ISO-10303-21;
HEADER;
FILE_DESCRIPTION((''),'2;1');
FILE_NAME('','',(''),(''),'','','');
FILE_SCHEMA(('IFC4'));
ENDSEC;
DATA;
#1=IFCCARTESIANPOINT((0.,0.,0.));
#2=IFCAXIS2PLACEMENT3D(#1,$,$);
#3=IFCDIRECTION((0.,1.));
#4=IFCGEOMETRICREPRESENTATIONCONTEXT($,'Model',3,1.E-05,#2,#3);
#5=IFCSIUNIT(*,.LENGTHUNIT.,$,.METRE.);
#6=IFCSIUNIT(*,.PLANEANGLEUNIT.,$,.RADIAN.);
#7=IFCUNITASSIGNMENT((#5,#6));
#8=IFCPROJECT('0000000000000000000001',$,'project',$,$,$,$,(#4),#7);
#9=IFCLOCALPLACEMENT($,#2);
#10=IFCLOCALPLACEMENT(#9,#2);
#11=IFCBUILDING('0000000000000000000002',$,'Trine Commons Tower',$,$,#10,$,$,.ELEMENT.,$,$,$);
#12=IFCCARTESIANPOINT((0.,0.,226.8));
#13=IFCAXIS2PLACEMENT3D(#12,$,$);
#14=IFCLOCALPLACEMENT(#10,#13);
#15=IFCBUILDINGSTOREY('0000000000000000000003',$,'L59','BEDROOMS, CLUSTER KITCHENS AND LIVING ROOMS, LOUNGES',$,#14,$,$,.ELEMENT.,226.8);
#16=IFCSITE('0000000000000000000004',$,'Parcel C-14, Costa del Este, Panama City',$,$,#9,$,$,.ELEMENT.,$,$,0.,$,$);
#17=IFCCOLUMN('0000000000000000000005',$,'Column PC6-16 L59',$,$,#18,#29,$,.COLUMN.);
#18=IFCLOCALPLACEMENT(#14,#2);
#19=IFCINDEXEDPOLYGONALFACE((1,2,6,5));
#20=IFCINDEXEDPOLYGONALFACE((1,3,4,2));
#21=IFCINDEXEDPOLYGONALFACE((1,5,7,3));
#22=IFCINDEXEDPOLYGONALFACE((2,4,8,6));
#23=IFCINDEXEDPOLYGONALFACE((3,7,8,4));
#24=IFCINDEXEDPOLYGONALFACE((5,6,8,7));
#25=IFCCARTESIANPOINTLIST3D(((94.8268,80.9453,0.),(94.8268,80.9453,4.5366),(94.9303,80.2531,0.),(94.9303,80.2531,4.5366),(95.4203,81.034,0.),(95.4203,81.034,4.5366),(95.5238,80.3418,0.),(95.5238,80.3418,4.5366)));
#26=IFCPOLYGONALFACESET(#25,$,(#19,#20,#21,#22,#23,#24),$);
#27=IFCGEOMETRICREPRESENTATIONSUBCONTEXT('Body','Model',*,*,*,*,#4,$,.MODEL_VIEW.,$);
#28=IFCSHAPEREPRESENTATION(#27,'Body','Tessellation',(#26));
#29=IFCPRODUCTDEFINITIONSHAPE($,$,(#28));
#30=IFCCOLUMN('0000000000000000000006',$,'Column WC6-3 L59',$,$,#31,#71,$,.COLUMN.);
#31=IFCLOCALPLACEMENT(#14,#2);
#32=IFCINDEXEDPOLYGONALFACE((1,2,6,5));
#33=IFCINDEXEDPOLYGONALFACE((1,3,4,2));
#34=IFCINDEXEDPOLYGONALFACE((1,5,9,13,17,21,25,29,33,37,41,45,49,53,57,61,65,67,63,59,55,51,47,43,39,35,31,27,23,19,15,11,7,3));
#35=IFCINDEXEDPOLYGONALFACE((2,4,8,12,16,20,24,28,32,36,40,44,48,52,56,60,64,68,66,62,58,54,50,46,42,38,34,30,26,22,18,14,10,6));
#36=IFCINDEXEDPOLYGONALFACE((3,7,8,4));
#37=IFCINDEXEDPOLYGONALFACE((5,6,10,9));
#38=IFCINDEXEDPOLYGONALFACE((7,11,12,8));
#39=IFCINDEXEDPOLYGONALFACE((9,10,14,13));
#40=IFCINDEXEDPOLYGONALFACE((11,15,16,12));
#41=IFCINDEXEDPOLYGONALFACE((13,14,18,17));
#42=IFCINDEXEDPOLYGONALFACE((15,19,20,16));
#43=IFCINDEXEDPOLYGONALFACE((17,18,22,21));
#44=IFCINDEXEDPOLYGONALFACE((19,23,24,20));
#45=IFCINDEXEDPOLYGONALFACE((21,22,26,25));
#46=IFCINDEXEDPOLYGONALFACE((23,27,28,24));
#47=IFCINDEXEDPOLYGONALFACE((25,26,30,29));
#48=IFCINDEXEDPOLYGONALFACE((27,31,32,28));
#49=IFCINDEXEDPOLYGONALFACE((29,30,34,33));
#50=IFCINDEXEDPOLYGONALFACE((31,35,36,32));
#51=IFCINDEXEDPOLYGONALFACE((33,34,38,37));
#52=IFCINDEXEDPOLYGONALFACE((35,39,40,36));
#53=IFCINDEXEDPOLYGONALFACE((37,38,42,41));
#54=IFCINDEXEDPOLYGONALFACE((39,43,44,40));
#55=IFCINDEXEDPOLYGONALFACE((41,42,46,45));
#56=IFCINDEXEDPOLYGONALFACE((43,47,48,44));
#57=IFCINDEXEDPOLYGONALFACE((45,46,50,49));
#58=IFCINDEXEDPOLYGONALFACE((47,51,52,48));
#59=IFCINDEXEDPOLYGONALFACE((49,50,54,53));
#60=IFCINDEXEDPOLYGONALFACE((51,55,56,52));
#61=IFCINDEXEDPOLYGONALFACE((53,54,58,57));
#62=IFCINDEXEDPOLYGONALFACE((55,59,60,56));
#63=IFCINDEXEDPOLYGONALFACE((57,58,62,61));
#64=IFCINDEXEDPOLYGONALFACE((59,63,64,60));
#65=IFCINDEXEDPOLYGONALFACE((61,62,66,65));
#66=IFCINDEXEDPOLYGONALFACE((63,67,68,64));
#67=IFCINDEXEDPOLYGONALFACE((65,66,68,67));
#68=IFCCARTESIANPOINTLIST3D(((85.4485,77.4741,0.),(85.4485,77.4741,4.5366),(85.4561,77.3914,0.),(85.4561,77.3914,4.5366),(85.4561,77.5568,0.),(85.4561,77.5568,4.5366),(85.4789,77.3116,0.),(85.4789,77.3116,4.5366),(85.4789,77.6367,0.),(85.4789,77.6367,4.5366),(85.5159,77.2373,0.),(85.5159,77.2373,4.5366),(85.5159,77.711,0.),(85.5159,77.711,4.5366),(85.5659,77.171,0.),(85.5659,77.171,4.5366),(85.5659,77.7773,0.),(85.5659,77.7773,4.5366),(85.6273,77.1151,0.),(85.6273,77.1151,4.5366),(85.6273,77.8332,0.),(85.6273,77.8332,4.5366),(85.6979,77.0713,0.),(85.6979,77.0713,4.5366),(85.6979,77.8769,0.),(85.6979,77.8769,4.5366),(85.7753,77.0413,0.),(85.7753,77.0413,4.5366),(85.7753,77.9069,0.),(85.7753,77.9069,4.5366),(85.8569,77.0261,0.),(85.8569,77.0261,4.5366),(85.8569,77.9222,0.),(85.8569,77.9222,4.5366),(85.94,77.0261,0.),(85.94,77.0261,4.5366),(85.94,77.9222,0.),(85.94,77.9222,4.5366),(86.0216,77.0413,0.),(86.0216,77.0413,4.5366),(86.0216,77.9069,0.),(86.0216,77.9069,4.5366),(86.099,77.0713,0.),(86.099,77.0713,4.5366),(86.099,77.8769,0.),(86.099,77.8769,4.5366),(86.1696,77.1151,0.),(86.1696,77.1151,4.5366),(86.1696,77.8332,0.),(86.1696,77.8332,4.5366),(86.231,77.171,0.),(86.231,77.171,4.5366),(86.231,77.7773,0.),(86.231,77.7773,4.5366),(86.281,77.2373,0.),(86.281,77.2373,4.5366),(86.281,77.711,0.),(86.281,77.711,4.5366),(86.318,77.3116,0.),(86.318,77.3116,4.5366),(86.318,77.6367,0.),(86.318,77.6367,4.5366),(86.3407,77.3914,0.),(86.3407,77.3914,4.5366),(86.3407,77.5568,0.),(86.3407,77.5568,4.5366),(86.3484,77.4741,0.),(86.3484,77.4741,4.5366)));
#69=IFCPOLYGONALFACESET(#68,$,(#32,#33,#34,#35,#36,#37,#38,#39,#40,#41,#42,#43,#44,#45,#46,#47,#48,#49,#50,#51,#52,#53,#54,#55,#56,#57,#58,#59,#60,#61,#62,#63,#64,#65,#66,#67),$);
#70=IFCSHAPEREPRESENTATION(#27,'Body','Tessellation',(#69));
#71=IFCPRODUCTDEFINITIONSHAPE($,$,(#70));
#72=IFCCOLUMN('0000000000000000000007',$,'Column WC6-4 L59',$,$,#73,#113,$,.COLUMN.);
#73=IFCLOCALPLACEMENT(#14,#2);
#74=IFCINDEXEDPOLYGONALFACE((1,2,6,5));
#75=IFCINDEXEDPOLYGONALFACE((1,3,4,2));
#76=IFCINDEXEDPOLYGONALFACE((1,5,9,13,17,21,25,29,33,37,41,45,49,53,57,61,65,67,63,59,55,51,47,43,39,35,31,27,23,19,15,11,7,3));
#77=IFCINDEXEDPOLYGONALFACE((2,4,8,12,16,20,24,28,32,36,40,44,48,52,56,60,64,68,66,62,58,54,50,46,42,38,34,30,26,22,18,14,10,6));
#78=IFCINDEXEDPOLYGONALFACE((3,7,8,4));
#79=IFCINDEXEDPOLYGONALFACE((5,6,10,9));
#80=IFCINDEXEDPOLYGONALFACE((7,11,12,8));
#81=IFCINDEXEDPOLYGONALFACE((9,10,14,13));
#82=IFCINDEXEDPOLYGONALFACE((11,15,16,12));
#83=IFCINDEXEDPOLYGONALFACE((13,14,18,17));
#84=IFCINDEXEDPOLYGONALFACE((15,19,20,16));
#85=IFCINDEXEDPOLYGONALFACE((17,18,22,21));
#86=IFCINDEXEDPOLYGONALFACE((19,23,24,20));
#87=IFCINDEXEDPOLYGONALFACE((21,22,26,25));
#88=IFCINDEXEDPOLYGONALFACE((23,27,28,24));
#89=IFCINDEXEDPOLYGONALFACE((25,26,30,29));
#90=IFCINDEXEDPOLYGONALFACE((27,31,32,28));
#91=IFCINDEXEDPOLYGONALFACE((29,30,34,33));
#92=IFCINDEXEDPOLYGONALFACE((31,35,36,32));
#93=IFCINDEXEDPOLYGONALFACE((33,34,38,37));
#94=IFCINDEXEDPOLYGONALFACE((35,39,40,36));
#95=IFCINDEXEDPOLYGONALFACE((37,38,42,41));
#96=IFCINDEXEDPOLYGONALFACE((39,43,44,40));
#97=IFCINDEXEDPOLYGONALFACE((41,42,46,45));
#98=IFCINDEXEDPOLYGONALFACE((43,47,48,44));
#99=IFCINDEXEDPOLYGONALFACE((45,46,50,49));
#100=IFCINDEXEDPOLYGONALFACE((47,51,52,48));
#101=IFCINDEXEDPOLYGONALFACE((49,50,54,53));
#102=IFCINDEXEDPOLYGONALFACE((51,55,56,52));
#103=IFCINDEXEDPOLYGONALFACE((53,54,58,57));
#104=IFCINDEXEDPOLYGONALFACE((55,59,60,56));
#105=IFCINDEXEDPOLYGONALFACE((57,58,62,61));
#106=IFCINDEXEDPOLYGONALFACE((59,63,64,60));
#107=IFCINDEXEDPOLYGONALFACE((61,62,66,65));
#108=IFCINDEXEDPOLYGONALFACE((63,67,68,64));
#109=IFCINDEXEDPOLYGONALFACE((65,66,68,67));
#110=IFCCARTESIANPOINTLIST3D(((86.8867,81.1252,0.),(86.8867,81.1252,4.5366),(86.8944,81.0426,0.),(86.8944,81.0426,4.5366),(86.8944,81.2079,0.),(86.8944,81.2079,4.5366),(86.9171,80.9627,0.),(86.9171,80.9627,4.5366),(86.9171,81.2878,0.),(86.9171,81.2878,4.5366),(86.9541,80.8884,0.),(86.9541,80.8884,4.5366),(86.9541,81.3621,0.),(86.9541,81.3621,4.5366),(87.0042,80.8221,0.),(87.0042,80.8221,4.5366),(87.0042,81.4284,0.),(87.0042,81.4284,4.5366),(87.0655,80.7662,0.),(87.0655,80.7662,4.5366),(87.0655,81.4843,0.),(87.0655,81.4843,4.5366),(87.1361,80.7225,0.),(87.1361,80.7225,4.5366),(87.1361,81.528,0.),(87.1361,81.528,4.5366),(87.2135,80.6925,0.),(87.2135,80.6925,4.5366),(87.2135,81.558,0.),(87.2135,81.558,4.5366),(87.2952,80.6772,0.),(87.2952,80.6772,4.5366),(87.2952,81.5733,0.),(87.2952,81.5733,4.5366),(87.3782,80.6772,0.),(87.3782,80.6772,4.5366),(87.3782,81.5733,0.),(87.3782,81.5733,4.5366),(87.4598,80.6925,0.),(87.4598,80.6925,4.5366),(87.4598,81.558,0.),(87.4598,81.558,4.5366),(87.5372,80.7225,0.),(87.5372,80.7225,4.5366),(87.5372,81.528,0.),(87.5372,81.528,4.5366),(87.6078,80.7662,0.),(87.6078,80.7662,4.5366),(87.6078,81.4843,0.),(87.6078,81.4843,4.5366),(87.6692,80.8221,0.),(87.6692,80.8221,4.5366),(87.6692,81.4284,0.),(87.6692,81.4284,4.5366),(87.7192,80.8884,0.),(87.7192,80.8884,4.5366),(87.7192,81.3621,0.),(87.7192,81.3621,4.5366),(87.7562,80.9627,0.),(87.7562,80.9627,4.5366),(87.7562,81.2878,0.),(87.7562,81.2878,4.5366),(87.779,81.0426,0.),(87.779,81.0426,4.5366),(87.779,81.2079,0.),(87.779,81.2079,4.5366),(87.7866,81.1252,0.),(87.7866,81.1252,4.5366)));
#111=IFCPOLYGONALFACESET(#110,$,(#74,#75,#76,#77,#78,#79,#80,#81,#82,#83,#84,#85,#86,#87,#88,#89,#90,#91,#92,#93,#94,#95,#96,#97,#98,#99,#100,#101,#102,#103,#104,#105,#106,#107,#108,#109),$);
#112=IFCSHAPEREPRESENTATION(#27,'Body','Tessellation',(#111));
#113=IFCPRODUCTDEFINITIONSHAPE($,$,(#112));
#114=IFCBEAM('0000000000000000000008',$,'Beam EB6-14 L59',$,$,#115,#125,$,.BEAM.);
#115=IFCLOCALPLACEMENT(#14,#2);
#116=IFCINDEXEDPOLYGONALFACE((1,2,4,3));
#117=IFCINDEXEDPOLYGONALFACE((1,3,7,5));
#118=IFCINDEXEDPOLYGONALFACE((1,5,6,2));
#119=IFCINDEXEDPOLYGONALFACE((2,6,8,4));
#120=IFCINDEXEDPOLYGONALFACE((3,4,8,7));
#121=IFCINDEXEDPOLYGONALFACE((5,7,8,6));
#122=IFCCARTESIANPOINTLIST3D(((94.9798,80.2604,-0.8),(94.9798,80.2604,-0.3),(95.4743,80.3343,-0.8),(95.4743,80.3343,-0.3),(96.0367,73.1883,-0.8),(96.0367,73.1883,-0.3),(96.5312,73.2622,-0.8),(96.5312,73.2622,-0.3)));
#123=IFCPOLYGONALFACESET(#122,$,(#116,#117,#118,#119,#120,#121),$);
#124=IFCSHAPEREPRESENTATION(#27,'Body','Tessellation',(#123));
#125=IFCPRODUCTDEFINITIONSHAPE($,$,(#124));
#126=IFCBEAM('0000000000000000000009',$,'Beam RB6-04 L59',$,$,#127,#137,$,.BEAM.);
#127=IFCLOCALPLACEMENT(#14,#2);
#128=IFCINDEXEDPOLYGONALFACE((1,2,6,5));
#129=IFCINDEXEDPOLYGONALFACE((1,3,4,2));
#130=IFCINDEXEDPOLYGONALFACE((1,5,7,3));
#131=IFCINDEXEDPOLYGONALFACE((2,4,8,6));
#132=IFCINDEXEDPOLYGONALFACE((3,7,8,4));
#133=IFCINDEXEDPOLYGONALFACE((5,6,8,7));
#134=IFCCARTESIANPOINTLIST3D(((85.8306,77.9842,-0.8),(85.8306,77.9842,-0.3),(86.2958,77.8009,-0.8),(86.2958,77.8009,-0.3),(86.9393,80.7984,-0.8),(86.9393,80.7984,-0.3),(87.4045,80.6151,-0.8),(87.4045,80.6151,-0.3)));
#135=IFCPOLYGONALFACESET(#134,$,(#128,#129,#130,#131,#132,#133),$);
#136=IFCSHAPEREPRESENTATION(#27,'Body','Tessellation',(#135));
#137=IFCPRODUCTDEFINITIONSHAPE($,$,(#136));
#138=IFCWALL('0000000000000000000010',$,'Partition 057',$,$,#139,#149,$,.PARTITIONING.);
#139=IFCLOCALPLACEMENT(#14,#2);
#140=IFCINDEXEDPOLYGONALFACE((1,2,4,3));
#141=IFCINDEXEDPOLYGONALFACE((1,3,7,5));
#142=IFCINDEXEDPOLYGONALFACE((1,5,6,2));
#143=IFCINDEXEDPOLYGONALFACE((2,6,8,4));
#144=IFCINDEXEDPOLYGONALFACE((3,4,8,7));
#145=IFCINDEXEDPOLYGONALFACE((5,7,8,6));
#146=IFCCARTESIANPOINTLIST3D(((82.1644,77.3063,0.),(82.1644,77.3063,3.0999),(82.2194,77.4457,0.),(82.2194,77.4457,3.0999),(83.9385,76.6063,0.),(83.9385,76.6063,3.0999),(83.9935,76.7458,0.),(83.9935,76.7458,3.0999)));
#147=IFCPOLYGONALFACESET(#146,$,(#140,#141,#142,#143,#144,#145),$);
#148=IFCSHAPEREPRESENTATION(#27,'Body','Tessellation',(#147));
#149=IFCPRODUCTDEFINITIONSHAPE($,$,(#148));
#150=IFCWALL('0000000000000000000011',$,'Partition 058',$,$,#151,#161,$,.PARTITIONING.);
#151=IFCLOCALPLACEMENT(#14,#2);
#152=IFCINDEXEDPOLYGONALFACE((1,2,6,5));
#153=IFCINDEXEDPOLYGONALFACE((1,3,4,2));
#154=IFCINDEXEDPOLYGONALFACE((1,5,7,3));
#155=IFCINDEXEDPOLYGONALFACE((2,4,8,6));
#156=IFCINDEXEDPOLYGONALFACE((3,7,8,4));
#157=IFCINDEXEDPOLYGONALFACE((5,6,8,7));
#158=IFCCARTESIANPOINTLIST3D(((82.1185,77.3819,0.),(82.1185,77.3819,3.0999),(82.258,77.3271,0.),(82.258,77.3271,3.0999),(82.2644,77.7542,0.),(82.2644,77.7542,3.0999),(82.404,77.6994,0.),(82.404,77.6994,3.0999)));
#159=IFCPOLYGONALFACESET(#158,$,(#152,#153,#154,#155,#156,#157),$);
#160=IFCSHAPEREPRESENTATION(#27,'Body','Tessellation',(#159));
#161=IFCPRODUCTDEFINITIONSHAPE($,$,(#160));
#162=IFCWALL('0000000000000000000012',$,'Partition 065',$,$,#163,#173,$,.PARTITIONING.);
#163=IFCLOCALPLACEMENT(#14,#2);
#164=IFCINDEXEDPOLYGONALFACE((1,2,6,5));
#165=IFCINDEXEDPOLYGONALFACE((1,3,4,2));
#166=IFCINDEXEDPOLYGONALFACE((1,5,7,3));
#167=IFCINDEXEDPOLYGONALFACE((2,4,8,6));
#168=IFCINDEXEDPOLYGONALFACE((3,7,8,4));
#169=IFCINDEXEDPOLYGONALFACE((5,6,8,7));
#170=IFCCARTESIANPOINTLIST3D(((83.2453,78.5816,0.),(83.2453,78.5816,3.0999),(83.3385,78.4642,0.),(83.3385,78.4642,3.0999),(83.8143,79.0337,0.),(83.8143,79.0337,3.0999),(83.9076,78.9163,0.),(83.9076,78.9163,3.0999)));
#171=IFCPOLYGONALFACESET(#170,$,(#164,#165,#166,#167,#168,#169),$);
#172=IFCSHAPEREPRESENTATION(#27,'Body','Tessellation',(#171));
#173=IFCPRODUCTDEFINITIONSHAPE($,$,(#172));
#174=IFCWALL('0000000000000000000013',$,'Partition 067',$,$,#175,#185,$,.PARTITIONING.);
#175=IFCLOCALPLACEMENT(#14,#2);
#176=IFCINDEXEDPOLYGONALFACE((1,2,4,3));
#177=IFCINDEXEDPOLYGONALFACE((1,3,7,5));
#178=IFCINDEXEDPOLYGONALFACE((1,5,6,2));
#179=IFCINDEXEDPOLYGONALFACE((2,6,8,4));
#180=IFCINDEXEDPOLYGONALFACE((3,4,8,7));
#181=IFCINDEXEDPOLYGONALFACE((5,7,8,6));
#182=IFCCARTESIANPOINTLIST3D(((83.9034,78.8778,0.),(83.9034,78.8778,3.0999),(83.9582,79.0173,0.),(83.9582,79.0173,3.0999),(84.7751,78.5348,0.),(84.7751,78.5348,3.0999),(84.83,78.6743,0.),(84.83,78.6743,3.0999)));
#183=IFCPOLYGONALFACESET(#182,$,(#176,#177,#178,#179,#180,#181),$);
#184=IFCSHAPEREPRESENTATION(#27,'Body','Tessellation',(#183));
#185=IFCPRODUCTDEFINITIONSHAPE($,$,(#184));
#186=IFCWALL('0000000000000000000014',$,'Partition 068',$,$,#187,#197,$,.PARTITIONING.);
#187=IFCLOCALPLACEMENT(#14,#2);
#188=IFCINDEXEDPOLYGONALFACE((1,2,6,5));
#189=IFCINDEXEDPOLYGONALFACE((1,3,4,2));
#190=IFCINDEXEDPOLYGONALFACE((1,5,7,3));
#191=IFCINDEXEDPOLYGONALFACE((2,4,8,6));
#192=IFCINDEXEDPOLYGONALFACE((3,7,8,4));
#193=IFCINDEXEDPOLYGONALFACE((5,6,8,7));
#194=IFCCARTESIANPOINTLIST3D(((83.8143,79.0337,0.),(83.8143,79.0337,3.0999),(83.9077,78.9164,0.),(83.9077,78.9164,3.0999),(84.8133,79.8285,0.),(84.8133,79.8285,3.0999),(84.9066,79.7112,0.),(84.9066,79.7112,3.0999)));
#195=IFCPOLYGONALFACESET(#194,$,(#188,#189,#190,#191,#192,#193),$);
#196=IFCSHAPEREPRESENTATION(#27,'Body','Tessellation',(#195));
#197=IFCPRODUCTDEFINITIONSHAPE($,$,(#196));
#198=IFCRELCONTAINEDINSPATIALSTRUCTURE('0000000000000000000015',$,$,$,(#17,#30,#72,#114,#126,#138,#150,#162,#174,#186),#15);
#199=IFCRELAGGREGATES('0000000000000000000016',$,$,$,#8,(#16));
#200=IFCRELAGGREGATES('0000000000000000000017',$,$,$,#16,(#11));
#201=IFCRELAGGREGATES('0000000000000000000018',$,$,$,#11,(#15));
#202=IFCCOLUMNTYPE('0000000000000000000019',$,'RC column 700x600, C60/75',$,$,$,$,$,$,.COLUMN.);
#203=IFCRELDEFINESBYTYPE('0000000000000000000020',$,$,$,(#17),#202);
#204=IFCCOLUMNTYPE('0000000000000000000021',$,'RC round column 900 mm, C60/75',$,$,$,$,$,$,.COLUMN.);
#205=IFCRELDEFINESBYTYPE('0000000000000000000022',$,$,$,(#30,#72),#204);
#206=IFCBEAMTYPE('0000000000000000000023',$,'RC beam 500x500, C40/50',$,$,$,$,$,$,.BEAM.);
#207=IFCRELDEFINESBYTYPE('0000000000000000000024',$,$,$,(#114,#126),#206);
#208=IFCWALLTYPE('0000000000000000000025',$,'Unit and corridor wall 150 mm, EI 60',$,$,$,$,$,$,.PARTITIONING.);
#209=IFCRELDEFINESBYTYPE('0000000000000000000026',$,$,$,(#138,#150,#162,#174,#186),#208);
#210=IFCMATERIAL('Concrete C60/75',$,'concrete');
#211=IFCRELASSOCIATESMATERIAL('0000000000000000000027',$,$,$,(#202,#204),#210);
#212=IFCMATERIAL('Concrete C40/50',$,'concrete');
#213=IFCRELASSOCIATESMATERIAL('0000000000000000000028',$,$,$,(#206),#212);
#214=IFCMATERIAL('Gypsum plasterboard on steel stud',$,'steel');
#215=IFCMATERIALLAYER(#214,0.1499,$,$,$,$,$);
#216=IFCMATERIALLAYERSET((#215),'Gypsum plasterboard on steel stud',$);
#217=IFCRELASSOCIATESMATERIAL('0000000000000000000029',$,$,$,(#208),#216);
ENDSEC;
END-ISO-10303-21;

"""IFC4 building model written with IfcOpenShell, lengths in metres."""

from ifc_helpers import new_model, si_unit, direction, frame, frame_2d, origin, origin_2d, place, context, subcontext, project, spatial, rectangle, circle, extrude, material, layer, layer_set, material_profile, profile_set, type_object, element, save


model = new_model("IFC4")

# Units and contexts
model_context = context("Model", 3, precision=1e-05, world=origin(), true_north=direction((0.0, 1.0)))
body_context = subcontext(model_context, "Body", "Model", "MODEL_VIEW")
ifc_project = project(units=[si_unit("LENGTHUNIT", "METRE"), si_unit("PLANEANGLEUNIT", "RADIAN")], contexts=[model_context])

# Site, building, storey
site_placement = place(None, origin())
site = spatial("IfcSite", under=ifc_project, at=site_placement, Name="Parcel C-14, Costa del Este, Panama City", CompositionType="ELEMENT", RefElevation=0.0)
building_placement = place(site_placement, origin())
building = spatial("IfcBuilding", under=site, at=building_placement, Name="Trine Commons Tower", CompositionType="ELEMENT")
storey_placement = place(building_placement, frame((0.0, 0.0, 226.8)))
storey = spatial("IfcBuildingStorey", under=building, at=storey_placement, Name="L59", Description="BEDROOMS, CLUSTER KITCHENS AND LIVING ROOMS, LOUNGES", CompositionType="ELEMENT", Elevation=226.8)

# Columns
ifc_material_1 = material(Name="Concrete C60/75", Category="concrete")
ifc_material_profile_1 = material_profile(ifc_material_1, rectangle(XDim=0.7, YDim=0.6001, at=origin_2d()), Name="RC 700x600")
ifc_profile_set_1 = profile_set([ifc_material_profile_1], Name="Concrete C60/75")
column_type_1 = type_object("IfcColumnType", Name="RC column 700x600, C60/75", PredefinedType="COLUMN", material=ifc_profile_set_1)
column_placement = place(storey_placement, frame((95.1753, 80.6436, 0.0), z_axis=(0.0, 0.0, 1.0), x_axis=(-0.147809, 0.989016, 0.0)))
element("IfcColumn", 1, at=column_placement, inside=storey, type_object=column_type_1, Name="Column PC6-16 L59", PredefinedType="COLUMN", context=body_context, shape_type="SweptSolid", body=[
    extrude(rectangle(XDim=0.7, YDim=0.6001, at=origin_2d()), origin(), (0.0, 0.0, 1.0), 4.5366),
])
ifc_material_profile_2 = material_profile(ifc_material_1, circle(Radius=0.45, at=origin_2d()), Name="RC round 900")
ifc_profile_set_2 = profile_set([ifc_material_profile_2], Name="Concrete C60/75")
column_type_2 = type_object("IfcColumnType", Name="RC round column 900 mm, C60/75", PredefinedType="COLUMN", material=ifc_profile_set_2)
for number, where, z_axis, x_axis, name in (
    (2, (85.8984, 77.4741, 0.0), (0.0, 0.0, 1.0), (1.0, 0.0, 0.0), "Column WC6-3 L59"),
    (3, (87.3367, 81.1252, 0.0), (0.0, 0.0, 1.0), (1.0, 0.0, 0.0), "Column WC6-4 L59"),
):
    element("IfcColumn", number, at=place(storey_placement, frame(where, z_axis=z_axis, x_axis=x_axis)), inside=storey, type_object=column_type_2, Name=name, PredefinedType="COLUMN", context=body_context, shape_type="SweptSolid", body=[
        extrude(circle(Radius=0.45, at=origin_2d()), origin(), (0.0, 0.0, 1.0), 4.5366),
    ])

# Beams
ifc_material_2 = material(Name="Concrete C40/50", Category="concrete")
ifc_material_profile_3 = material_profile(ifc_material_2, rectangle(XDim=0.5, YDim=0.5, at=origin_2d()), Name="RC 500x500")
ifc_profile_set_3 = profile_set([ifc_material_profile_3], Name="Concrete C40/50")
beam_type = type_object("IfcBeamType", Name="RC beam 500x500, C40/50", PredefinedType="BEAM", material=ifc_profile_set_3)
beam_1_placement = place(storey_placement, frame((95.2271, 80.2974, -0.55), z_axis=(0.147804, -0.989017, 0.0), x_axis=(0.989017, 0.147804, 0.0)))
element("IfcBeam", 4, at=beam_1_placement, inside=storey, type_object=beam_type, Name="Beam EB6-14 L59", PredefinedType="BEAM", context=body_context, shape_type="SweptSolid", body=[
    extrude(rectangle(XDim=0.5, YDim=0.5, at=origin_2d()), origin(), (0.0, 0.0, 1.0), 7.1506),
])
beam_2_placement = place(storey_placement, frame((86.0632, 77.8926, -0.55), z_axis=(0.366529, 0.930407, 0.0), x_axis=(-0.930407, 0.366529, 0.0)))
element("IfcBeam", 5, at=beam_2_placement, inside=storey, type_object=beam_type, Name="Beam RB6-04 L59", PredefinedType="BEAM", context=body_context, shape_type="SweptSolid", body=[
    extrude(rectangle(XDim=0.5, YDim=0.5, at=origin_2d()), origin(), (0.0, 0.0, 1.0), 3.0247),
])

# Walls
ifc_material_3 = material(Name="Gypsum plasterboard on steel stud", Category="steel")
ifc_layer_1 = layer(ifc_material_3, 0.1499)
ifc_layer_set_1 = layer_set([ifc_layer_1], Name="Gypsum plasterboard on steel stud")
wall_type_1 = type_object("IfcWallType", Name="Unit and corridor wall 150 mm, EI 60", PredefinedType="PARTITIONING", material=ifc_layer_set_1)
wall_1_placement = place(storey_placement, frame((82.1919, 77.376, 0.0), z_axis=(0.0, 0.0, 1.0), x_axis=(0.930223, -0.366995, 0.0)))
element("IfcWall", 6, at=wall_1_placement, inside=storey, type_object=wall_type_1, Name="Partition 057", PredefinedType="PARTITIONING", context=body_context, shape_type="SweptSolid", body=[
    extrude(rectangle(XDim=1.9072, YDim=0.1499, at=frame_2d((0.9536, 0.0))), origin(), (0.0, 0.0, 1.0), 3.0999),
])
wall_2_placement = place(storey_placement, frame((82.1882, 77.3545, 0.0), z_axis=(0.0, 0.0, 1.0), x_axis=(0.365067, 0.930981, 0.0)))
element("IfcWall", 7, at=wall_2_placement, inside=storey, type_object=wall_type_1, Name="Partition 058", PredefinedType="PARTITIONING", context=body_context, shape_type="SweptSolid", body=[
    extrude(rectangle(XDim=0.3999, YDim=0.1499, at=frame_2d((0.2, 0.0))), origin(), (0.0, 0.0, 1.0), 3.0999),
])
wall_3_placement = place(storey_placement, frame((83.292, 78.5229, 0.0), z_axis=(0.0, 0.0, 1.0), x_axis=(0.782962, 0.62207, 0.0)))
element("IfcWall", 8, at=wall_3_placement, inside=storey, type_object=wall_type_1, Name="Partition 065", PredefinedType="PARTITIONING", context=body_context, shape_type="SweptSolid", body=[
    extrude(rectangle(XDim=0.7268, YDim=0.1499, at=frame_2d((0.3633, 0.0))), origin(), (0.0, 0.0, 1.0), 3.0999),
])
wall_4_placement = place(storey_placement, frame((83.9309, 78.9475, 0.0), z_axis=(0.0, 0.0, 1.0), x_axis=(0.930564, -0.366128, 0.0)))
element("IfcWall", 9, at=wall_4_placement, inside=storey, type_object=wall_type_1, Name="Partition 067", PredefinedType="PARTITIONING", context=body_context, shape_type="SweptSolid", body=[
    extrude(rectangle(XDim=0.9368, YDim=0.1499, at=frame_2d((0.4683, 0.0))), origin(), (0.0, 0.0, 1.0), 3.0999),
])
wall_5_placement = place(storey_placement, frame((83.8611, 78.9751, 0.0), z_axis=(0.0, 0.0, 1.0), x_axis=(0.782508, 0.622641, 0.0)))
element("IfcWall", 10, at=wall_5_placement, inside=storey, type_object=wall_type_1, Name="Partition 068", PredefinedType="PARTITIONING", context=body_context, shape_type="SweptSolid", body=[
    extrude(rectangle(XDim=1.2766, YDim=0.1499, at=frame_2d((0.6382, 0.0))), origin(), (0.0, 0.0, 1.0), 3.0999),
])

save(model, "model.ifc")
